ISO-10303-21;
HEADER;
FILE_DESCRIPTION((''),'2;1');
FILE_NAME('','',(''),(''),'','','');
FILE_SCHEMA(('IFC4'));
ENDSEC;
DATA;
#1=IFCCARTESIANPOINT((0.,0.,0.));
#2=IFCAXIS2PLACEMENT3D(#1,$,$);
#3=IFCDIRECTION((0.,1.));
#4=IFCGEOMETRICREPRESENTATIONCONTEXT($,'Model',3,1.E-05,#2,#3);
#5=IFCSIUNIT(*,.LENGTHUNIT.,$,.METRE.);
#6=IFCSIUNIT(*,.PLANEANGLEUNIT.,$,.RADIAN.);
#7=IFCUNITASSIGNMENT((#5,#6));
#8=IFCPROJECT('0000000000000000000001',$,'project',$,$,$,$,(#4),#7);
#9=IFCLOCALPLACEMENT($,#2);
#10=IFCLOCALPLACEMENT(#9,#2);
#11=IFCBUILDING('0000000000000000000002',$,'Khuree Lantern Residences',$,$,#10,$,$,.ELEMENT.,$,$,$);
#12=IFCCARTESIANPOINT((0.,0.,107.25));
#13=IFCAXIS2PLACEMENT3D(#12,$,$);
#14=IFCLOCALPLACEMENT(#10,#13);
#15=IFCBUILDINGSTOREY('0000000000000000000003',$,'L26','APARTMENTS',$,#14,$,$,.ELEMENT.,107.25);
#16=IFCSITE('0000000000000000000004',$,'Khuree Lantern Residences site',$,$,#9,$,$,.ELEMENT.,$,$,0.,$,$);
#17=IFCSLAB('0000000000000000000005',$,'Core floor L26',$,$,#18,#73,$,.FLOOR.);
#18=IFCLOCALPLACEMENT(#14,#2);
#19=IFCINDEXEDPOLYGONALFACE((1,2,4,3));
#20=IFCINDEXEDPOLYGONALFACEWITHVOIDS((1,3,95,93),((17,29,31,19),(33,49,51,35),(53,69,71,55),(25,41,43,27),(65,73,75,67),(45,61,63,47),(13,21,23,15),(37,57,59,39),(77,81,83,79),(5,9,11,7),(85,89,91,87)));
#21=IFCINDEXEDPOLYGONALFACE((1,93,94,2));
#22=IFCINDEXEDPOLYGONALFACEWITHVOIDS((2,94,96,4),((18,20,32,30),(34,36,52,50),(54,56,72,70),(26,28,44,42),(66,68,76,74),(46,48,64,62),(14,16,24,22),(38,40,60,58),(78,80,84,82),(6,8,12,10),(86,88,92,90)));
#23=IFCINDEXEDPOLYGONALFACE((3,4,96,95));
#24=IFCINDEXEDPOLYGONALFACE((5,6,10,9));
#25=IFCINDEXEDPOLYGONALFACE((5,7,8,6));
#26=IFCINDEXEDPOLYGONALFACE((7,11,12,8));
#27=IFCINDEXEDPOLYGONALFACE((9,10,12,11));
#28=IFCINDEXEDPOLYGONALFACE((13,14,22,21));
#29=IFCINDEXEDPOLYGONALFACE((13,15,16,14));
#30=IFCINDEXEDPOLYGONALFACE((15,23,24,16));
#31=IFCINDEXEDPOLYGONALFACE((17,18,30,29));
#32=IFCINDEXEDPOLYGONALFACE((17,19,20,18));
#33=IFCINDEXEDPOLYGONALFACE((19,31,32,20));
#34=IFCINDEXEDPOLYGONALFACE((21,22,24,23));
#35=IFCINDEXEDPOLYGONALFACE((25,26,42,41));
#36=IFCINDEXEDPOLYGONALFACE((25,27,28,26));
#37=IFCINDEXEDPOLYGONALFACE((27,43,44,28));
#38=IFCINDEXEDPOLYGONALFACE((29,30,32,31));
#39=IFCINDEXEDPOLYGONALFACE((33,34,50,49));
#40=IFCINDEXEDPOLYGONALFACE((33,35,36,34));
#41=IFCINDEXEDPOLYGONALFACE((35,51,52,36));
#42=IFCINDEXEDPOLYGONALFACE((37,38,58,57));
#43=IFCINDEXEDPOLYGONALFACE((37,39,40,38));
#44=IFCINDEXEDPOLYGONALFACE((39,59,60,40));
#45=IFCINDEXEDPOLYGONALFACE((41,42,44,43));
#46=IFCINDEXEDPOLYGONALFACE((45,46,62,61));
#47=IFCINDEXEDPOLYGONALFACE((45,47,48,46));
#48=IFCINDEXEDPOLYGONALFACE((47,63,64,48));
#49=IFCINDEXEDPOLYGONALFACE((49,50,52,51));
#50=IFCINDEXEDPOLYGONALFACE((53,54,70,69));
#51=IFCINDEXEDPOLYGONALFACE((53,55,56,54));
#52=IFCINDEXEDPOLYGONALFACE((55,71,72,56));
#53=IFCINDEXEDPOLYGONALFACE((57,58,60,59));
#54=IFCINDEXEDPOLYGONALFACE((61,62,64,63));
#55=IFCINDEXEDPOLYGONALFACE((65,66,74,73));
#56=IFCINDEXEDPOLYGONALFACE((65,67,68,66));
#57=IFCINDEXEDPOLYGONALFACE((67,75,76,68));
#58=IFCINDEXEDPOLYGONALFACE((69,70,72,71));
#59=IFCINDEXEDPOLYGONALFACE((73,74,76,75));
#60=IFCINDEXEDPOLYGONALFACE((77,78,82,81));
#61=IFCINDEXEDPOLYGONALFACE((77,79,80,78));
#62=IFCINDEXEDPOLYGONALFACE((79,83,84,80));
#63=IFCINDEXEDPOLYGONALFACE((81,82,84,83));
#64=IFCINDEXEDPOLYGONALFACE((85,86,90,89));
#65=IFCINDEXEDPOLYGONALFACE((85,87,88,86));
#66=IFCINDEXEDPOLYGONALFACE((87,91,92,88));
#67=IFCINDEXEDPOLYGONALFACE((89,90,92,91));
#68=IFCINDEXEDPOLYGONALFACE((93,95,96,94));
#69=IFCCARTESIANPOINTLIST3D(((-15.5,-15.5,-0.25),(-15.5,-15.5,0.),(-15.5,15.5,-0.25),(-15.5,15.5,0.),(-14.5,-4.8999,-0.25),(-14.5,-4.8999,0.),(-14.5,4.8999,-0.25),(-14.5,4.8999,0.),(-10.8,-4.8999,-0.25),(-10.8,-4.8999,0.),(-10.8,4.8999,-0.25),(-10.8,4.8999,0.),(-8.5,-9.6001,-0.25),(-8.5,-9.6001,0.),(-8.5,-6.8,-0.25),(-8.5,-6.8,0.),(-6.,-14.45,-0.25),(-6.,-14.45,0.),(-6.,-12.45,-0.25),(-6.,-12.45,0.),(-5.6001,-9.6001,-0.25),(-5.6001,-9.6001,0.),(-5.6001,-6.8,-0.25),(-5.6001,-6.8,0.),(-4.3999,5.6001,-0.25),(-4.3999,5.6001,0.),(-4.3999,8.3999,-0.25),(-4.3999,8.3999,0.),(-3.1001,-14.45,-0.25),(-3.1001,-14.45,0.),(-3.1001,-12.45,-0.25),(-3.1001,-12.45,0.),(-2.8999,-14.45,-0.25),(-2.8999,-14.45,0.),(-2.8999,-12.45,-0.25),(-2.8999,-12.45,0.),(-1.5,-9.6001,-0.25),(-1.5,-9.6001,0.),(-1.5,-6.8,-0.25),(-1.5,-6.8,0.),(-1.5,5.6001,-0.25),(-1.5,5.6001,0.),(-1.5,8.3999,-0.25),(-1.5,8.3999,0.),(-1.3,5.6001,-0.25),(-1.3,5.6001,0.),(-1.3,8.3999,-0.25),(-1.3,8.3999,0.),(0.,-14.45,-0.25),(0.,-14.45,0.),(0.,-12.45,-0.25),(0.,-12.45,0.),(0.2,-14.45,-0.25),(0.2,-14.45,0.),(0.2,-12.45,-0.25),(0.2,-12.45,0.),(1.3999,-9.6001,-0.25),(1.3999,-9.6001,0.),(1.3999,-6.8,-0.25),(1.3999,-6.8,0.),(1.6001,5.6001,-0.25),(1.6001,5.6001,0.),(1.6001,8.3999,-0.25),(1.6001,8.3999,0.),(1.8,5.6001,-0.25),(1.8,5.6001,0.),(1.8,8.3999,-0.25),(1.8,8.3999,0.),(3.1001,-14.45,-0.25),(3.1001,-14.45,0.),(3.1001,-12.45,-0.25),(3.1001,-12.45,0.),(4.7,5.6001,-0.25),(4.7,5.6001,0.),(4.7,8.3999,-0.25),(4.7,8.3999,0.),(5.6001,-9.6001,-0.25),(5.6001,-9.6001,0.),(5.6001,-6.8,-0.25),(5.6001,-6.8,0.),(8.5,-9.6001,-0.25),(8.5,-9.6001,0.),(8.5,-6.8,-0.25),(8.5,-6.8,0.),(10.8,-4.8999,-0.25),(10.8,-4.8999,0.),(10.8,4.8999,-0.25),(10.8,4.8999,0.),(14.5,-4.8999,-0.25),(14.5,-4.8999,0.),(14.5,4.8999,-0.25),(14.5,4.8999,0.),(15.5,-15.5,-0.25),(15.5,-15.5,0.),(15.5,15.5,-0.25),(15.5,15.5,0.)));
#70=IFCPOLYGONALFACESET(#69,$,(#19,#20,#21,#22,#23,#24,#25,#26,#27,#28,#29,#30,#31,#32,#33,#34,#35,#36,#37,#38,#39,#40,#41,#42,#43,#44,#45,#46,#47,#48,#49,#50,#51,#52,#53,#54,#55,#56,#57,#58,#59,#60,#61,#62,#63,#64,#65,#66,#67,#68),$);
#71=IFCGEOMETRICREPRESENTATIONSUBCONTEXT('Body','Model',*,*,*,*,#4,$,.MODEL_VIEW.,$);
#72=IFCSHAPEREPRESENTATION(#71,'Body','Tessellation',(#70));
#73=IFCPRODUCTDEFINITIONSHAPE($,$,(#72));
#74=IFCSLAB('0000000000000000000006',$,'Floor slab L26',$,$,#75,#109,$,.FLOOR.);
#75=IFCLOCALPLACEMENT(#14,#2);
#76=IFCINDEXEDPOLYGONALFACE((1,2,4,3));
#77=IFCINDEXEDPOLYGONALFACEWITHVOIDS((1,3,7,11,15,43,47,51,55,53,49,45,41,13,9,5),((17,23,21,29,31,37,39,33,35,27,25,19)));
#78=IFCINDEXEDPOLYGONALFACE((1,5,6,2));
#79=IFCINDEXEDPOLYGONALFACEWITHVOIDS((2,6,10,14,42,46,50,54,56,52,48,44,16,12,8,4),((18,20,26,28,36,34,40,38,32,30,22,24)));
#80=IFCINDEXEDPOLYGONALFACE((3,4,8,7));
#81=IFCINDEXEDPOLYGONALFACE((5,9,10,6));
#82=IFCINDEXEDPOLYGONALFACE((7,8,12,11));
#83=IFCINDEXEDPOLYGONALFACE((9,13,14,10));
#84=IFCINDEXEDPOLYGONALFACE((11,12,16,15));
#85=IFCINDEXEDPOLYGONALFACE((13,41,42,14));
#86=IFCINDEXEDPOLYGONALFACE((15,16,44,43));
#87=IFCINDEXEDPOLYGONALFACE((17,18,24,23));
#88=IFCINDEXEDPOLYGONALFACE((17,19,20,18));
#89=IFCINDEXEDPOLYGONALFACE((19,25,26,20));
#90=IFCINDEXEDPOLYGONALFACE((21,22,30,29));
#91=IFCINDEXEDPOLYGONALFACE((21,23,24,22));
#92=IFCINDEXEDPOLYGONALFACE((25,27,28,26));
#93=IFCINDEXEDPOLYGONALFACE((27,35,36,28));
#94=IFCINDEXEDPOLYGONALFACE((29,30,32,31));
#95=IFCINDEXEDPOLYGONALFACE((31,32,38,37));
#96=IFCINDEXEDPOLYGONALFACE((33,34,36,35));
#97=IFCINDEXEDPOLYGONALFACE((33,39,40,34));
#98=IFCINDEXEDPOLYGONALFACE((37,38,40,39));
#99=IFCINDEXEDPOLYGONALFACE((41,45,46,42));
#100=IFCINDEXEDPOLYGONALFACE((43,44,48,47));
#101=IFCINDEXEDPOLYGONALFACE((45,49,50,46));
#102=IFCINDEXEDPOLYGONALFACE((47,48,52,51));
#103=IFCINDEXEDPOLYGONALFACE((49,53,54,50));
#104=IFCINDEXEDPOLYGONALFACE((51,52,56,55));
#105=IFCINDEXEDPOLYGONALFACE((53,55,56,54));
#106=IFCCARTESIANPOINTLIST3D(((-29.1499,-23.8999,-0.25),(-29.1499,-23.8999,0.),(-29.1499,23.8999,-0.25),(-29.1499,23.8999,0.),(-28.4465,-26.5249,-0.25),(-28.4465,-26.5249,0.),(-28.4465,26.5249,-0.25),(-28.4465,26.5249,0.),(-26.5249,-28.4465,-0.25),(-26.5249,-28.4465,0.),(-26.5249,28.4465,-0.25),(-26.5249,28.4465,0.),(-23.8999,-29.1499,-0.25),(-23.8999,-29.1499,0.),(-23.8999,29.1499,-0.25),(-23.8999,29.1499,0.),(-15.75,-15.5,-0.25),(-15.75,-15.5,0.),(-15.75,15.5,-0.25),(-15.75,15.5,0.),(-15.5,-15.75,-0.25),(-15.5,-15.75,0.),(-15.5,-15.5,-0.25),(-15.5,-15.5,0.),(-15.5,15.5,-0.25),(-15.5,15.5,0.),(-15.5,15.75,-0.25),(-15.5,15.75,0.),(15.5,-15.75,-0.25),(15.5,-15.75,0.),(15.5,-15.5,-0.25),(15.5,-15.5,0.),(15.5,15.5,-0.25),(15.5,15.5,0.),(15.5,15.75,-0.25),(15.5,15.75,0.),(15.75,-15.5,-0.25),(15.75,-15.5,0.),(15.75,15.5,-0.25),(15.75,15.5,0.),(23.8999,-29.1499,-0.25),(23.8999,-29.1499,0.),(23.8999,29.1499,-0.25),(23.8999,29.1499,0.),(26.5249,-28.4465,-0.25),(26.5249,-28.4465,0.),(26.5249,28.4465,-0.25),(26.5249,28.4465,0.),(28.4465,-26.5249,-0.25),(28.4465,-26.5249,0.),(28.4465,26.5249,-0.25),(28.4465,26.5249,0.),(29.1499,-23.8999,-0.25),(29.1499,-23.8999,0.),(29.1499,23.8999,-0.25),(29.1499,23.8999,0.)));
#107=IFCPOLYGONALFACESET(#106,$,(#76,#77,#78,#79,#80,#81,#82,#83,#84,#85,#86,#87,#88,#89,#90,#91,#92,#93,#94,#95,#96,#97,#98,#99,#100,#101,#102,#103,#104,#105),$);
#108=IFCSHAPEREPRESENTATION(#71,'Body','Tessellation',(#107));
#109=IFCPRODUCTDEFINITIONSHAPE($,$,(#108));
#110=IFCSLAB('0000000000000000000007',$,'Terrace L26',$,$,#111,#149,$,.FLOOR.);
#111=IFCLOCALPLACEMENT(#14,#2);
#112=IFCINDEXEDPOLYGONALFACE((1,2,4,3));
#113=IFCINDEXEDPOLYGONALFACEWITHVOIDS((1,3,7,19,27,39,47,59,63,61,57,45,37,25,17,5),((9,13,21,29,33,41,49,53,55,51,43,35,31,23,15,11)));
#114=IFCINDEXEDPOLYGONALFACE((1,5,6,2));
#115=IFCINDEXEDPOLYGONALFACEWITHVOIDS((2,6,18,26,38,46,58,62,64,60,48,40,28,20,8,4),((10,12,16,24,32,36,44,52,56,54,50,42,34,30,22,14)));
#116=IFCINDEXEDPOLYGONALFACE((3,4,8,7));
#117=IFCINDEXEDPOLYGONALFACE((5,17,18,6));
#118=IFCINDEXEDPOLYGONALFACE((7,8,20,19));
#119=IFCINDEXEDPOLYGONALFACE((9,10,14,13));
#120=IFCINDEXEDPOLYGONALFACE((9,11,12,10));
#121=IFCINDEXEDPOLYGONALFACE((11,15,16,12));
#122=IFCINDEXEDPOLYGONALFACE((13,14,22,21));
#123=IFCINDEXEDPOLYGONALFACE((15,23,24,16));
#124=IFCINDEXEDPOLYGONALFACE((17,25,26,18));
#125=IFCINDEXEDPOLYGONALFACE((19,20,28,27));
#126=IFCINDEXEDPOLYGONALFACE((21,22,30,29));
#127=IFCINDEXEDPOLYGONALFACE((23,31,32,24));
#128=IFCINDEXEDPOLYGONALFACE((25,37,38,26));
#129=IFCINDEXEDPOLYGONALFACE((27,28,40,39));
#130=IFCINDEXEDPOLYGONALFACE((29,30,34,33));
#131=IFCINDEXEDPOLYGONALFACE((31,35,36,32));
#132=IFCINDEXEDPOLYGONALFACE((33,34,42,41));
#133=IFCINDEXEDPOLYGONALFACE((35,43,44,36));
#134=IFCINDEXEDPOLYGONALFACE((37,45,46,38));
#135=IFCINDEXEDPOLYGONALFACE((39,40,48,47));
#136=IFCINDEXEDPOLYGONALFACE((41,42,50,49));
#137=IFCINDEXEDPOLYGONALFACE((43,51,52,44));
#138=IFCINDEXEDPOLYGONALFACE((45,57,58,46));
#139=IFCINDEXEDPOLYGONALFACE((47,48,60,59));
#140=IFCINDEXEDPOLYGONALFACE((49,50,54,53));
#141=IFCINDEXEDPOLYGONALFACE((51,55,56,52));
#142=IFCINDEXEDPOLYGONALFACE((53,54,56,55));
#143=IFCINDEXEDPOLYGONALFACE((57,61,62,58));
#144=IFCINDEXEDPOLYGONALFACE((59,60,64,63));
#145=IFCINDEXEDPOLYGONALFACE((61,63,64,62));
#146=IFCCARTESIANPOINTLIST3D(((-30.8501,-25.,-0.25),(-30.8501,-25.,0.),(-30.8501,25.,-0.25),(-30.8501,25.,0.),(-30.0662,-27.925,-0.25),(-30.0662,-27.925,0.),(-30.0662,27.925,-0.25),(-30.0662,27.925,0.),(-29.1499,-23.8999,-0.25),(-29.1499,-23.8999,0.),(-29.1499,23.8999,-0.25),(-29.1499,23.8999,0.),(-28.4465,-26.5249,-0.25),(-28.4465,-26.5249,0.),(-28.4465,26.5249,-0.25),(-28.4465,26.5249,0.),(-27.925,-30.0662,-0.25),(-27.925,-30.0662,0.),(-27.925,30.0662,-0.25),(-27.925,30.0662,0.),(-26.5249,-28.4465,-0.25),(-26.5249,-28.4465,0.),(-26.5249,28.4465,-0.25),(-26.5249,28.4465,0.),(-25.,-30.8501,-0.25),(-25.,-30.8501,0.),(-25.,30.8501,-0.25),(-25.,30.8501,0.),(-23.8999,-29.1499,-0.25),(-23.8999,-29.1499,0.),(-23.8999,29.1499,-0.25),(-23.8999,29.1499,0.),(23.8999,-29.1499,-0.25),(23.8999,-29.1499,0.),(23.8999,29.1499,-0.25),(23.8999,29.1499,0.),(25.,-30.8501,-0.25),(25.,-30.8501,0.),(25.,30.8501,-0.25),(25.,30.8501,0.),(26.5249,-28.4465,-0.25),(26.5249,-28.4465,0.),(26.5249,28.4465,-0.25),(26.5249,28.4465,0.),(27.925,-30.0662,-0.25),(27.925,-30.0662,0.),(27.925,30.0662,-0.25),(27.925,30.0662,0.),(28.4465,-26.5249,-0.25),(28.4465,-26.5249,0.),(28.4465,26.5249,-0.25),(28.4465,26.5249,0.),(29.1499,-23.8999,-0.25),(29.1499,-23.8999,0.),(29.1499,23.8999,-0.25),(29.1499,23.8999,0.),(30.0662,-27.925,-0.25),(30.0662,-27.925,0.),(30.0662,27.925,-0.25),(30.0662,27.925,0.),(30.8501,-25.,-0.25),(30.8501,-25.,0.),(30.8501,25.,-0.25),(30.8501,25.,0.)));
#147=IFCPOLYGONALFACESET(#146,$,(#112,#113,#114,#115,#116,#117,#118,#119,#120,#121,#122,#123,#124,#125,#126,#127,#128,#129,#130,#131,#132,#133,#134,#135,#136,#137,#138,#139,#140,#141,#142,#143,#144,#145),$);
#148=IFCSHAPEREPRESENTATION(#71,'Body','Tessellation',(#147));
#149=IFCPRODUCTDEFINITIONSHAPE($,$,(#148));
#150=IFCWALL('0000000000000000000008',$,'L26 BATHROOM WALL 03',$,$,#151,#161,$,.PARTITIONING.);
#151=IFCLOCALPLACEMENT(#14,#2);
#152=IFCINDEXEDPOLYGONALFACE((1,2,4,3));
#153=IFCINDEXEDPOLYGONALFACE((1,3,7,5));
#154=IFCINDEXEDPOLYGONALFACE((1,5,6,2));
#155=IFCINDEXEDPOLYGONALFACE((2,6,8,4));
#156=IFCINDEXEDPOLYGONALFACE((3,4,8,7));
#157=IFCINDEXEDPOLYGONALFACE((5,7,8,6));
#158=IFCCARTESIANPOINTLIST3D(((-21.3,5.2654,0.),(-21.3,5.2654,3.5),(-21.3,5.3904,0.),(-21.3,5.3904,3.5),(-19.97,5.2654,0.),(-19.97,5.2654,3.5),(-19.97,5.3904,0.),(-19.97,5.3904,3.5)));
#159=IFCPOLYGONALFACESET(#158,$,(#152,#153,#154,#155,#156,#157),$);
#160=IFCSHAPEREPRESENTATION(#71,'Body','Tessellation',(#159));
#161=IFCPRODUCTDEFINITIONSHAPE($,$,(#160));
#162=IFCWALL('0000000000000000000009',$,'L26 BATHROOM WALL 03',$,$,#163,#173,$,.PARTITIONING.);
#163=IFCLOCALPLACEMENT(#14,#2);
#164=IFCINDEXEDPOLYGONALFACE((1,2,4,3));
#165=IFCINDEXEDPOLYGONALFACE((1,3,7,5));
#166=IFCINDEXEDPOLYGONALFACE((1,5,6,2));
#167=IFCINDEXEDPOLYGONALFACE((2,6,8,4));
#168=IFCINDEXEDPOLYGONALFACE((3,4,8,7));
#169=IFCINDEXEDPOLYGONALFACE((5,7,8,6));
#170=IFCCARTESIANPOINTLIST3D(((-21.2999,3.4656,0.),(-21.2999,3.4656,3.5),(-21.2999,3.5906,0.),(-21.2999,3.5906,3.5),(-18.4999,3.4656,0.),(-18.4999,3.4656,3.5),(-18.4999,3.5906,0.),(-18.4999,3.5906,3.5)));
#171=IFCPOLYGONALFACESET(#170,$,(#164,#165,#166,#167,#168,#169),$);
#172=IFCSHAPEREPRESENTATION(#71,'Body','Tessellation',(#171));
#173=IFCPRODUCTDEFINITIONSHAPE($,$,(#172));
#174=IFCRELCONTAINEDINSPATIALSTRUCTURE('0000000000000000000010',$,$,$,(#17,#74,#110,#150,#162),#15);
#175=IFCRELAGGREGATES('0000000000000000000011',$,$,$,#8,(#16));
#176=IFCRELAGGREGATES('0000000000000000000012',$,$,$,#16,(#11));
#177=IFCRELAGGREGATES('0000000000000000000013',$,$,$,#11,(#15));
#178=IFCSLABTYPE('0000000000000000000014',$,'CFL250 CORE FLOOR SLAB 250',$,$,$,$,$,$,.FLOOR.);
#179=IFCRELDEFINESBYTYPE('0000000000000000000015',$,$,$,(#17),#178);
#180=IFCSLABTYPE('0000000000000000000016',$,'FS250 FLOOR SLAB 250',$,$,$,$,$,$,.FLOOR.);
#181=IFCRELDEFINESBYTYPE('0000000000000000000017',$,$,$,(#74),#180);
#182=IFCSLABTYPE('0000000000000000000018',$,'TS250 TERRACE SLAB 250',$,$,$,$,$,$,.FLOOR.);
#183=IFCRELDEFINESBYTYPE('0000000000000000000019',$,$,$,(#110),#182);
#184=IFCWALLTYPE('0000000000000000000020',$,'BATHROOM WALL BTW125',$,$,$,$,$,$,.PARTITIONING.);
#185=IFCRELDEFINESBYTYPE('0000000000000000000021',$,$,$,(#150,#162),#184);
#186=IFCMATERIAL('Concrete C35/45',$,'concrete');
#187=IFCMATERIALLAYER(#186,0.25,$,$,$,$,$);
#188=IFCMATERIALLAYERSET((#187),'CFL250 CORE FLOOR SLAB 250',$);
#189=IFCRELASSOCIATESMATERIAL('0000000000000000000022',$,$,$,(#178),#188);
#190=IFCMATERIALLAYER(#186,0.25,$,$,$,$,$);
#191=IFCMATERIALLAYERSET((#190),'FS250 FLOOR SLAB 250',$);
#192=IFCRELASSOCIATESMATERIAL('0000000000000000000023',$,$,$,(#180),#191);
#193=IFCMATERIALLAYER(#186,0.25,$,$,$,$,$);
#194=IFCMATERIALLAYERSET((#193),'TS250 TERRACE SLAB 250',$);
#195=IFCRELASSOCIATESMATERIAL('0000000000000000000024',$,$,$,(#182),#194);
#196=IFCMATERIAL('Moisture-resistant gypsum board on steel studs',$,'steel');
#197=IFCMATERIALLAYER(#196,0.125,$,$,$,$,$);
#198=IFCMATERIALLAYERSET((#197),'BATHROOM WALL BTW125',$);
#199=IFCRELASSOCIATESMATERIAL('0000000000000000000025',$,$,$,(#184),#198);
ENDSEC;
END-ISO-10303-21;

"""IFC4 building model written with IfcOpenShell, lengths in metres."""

from ifc_helpers import new_model, si_unit, direction, frame, frame_2d, origin, place, context, subcontext, project, spatial, polyline, rectangle, outline, extrude, material, layer, layer_set, type_object, element, save


model = new_model("IFC4")

# Units and contexts
model_context = context("Model", 3, precision=1e-05, world=origin(), true_north=direction((0.0, 1.0)))
body_context = subcontext(model_context, "Body", "Model", "MODEL_VIEW")
ifc_project = project(units=[si_unit("LENGTHUNIT", "METRE"), si_unit("PLANEANGLEUNIT", "RADIAN")], contexts=[model_context])

# Site, building, storey
site_placement = place(None, origin())
site = spatial("IfcSite", under=ifc_project, at=site_placement, Name="Khuree Lantern Residences site", CompositionType="ELEMENT", RefElevation=0.0)
building_placement = place(site_placement, origin())
building = spatial("IfcBuilding", under=site, at=building_placement, Name="Khuree Lantern Residences", CompositionType="ELEMENT")
storey_placement = place(building_placement, frame((0.0, 0.0, 107.25)))
storey = spatial("IfcBuildingStorey", under=building, at=storey_placement, Name="L26", Description="APARTMENTS", CompositionType="ELEMENT", Elevation=107.25)

# Slabs
ifc_material_1 = material(Name="Concrete C35/45", Category="concrete")
ifc_layer_1 = layer(ifc_material_1, 0.25)
ifc_layer_set_1 = layer_set([ifc_layer_1], Name="CFL250 CORE FLOOR SLAB 250")
slab_type_1 = type_object("IfcSlabType", Name="CFL250 CORE FLOOR SLAB 250", PredefinedType="FLOOR", material=ifc_layer_set_1)
slab_1_placement = place(storey_placement, frame((0.0, 0.0, -0.25)))
element("IfcSlab", 1, at=slab_1_placement, inside=storey, type_object=slab_type_1, Name="Core floor L26", PredefinedType="FLOOR", context=body_context, shape_type="SweptSolid", body=[
    extrude(outline(polyline([(-15.5, -15.5), (-15.5, 15.5), (15.5, 15.5), (15.5, -15.5), (-15.5, -15.5)]), holes=[polyline([(10.8, 4.8999), (10.8, -4.8999), (14.5, -4.8999), (14.5, 4.8999), (10.8, 4.8999)]), polyline([(8.5, -6.8), (5.6001, -6.8), (5.6001, -9.6001), (8.5, -9.6001), (8.5, -6.8)]), polyline([(4.7, 8.3999), (1.8, 8.3999), (1.8, 5.6001), (4.7, 5.6001), (4.7, 8.3999)]), polyline([(3.1001, -12.45), (0.2, -12.45), (0.2, -14.45), (3.1001, -14.45), (3.1001, -12.45)]), polyline([(1.6001, 8.3999), (-1.3, 8.3999), (-1.3, 5.6001), (1.6001, 5.6001), (1.6001, 8.3999)]), polyline([(1.3999, -6.8), (-1.5, -6.8), (-1.5, -9.6001), (1.3999, -9.6001), (1.3999, -6.8)]), polyline([(-2.8999, -12.45), (-2.8999, -14.45), (0.0, -14.45), (0.0, -12.45), (-2.8999, -12.45)]), polyline([(-4.3999, 8.3999), (-4.3999, 5.6001), (-1.5, 5.6001), (-1.5, 8.3999), (-4.3999, 8.3999)]), polyline([(-6.0, -12.45), (-6.0, -14.45), (-3.1001, -14.45), (-3.1001, -12.45), (-6.0, -12.45)]), polyline([(-8.5, -6.8), (-8.5, -9.6001), (-5.6001, -9.6001), (-5.6001, -6.8), (-8.5, -6.8)]), polyline([(-10.8, 4.8999), (-14.5, 4.8999), (-14.5, -4.8999), (-10.8, -4.8999), (-10.8, 4.8999)])]), origin(), (0.0, 0.0, 1.0), 0.25),
])
ifc_layer_2 = layer(ifc_material_1, 0.25)
ifc_layer_set_2 = layer_set([ifc_layer_2], Name="FS250 FLOOR SLAB 250")
slab_type_2 = type_object("IfcSlabType", Name="FS250 FLOOR SLAB 250", PredefinedType="FLOOR", material=ifc_layer_set_2)
slab_2_placement = place(storey_placement, frame((0.0, 0.0, -0.25)))
element("IfcSlab", 2, at=slab_2_placement, inside=storey, type_object=slab_type_2, Name="Floor slab L26", PredefinedType="FLOOR", context=body_context, shape_type="SweptSolid", body=[
    extrude(outline(polyline([(-26.5249, -28.4465), (-28.4465, -26.5249), (-29.1499, -23.8999), (-29.1499, 23.8999), (-28.4465, 26.5249), (-26.5249, 28.4465), (-23.8999, 29.1499), (23.8999, 29.1499), (26.5249, 28.4465), (28.4465, 26.5249), (29.1499, 23.8999), (29.1499, -23.8999), (28.4465, -26.5249), (26.5249, -28.4465), (23.8999, -29.1499), (-23.8999, -29.1499), (-26.5249, -28.4465)]), holes=[polyline([(15.75, 15.5), (15.5, 15.5), (15.5, 15.75), (-15.5, 15.75), (-15.5, 15.5), (-15.75, 15.5), (-15.75, -15.5), (-15.5, -15.5), (-15.5, -15.75), (15.5, -15.75), (15.5, -15.5), (15.75, -15.5), (15.75, 15.5)])]), origin(), (0.0, 0.0, 1.0), 0.25),
])
ifc_layer_3 = layer(ifc_material_1, 0.25)
ifc_layer_set_3 = layer_set([ifc_layer_3], Name="TS250 TERRACE SLAB 250")
slab_type_3 = type_object("IfcSlabType", Name="TS250 TERRACE SLAB 250", PredefinedType="FLOOR", material=ifc_layer_set_3)
slab_3_placement = place(storey_placement, frame((0.0, 0.0, -0.25)))
element("IfcSlab", 3, at=slab_3_placement, inside=storey, type_object=slab_type_3, Name="Terrace L26", PredefinedType="FLOOR", context=body_context, shape_type="SweptSolid", body=[
    extrude(outline(polyline([(-27.925, -30.0662), (-30.0662, -27.925), (-30.8501, -25.0), (-30.8501, 25.0), (-30.0662, 27.925), (-27.925, 30.0662), (-25.0, 30.8501), (25.0, 30.8501), (27.925, 30.0662), (30.0662, 27.925), (30.8501, 25.0), (30.8501, -25.0), (30.0662, -27.925), (27.925, -30.0662), (25.0, -30.8501), (-25.0, -30.8501), (-27.925, -30.0662)]), holes=[polyline([(28.4465, -26.5249), (29.1499, -23.8999), (29.1499, 23.8999), (28.4465, 26.5249), (26.5249, 28.4465), (23.8999, 29.1499), (-23.8999, 29.1499), (-26.5249, 28.4465), (-28.4465, 26.5249), (-29.1499, 23.8999), (-29.1499, -23.8999), (-28.4465, -26.5249), (-26.5249, -28.4465), (-23.8999, -29.1499), (23.8999, -29.1499), (26.5249, -28.4465), (28.4465, -26.5249)])]), origin(), (0.0, 0.0, 1.0), 0.25),
])

# Walls
ifc_material_2 = material(Name="Moisture-resistant gypsum board on steel studs", Category="steel")
ifc_layer_4 = layer(ifc_material_2, 0.125)
ifc_layer_set_4 = layer_set([ifc_layer_4], Name="BATHROOM WALL BTW125")
wall_type_1 = type_object("IfcWallType", Name="BATHROOM WALL BTW125", PredefinedType="PARTITIONING", material=ifc_layer_set_4)
wall_1_placement = place(storey_placement, frame((-19.97, 5.3279, 0.0), z_axis=(0.0, 0.0, 1.0), x_axis=(-1.0, 0.0, 0.0)))
element("IfcWall", 4, at=wall_1_placement, inside=storey, type_object=wall_type_1, Name="L26 BATHROOM WALL 03", PredefinedType="PARTITIONING", context=body_context, shape_type="SweptSolid", body=[
    extrude(rectangle(XDim=1.3301, YDim=0.125, at=frame_2d((0.665, 0.0))), origin(), (0.0, 0.0, 1.0), 3.5),
])
wall_2_placement = place(storey_placement, frame((-18.5, 3.5281, 0.0), z_axis=(0.0, 0.0, 1.0), x_axis=(-1.0, 0.0, 0.0)))
element("IfcWall", 5, at=wall_2_placement, inside=storey, type_object=wall_type_1, Name="L26 BATHROOM WALL 03", PredefinedType="PARTITIONING", context=body_context, shape_type="SweptSolid", body=[
    extrude(rectangle(XDim=2.8, YDim=0.125, at=frame_2d((1.3999, 0.0))), origin(), (0.0, 0.0, 1.0), 3.5),
])

save(model, "model.ifc")
